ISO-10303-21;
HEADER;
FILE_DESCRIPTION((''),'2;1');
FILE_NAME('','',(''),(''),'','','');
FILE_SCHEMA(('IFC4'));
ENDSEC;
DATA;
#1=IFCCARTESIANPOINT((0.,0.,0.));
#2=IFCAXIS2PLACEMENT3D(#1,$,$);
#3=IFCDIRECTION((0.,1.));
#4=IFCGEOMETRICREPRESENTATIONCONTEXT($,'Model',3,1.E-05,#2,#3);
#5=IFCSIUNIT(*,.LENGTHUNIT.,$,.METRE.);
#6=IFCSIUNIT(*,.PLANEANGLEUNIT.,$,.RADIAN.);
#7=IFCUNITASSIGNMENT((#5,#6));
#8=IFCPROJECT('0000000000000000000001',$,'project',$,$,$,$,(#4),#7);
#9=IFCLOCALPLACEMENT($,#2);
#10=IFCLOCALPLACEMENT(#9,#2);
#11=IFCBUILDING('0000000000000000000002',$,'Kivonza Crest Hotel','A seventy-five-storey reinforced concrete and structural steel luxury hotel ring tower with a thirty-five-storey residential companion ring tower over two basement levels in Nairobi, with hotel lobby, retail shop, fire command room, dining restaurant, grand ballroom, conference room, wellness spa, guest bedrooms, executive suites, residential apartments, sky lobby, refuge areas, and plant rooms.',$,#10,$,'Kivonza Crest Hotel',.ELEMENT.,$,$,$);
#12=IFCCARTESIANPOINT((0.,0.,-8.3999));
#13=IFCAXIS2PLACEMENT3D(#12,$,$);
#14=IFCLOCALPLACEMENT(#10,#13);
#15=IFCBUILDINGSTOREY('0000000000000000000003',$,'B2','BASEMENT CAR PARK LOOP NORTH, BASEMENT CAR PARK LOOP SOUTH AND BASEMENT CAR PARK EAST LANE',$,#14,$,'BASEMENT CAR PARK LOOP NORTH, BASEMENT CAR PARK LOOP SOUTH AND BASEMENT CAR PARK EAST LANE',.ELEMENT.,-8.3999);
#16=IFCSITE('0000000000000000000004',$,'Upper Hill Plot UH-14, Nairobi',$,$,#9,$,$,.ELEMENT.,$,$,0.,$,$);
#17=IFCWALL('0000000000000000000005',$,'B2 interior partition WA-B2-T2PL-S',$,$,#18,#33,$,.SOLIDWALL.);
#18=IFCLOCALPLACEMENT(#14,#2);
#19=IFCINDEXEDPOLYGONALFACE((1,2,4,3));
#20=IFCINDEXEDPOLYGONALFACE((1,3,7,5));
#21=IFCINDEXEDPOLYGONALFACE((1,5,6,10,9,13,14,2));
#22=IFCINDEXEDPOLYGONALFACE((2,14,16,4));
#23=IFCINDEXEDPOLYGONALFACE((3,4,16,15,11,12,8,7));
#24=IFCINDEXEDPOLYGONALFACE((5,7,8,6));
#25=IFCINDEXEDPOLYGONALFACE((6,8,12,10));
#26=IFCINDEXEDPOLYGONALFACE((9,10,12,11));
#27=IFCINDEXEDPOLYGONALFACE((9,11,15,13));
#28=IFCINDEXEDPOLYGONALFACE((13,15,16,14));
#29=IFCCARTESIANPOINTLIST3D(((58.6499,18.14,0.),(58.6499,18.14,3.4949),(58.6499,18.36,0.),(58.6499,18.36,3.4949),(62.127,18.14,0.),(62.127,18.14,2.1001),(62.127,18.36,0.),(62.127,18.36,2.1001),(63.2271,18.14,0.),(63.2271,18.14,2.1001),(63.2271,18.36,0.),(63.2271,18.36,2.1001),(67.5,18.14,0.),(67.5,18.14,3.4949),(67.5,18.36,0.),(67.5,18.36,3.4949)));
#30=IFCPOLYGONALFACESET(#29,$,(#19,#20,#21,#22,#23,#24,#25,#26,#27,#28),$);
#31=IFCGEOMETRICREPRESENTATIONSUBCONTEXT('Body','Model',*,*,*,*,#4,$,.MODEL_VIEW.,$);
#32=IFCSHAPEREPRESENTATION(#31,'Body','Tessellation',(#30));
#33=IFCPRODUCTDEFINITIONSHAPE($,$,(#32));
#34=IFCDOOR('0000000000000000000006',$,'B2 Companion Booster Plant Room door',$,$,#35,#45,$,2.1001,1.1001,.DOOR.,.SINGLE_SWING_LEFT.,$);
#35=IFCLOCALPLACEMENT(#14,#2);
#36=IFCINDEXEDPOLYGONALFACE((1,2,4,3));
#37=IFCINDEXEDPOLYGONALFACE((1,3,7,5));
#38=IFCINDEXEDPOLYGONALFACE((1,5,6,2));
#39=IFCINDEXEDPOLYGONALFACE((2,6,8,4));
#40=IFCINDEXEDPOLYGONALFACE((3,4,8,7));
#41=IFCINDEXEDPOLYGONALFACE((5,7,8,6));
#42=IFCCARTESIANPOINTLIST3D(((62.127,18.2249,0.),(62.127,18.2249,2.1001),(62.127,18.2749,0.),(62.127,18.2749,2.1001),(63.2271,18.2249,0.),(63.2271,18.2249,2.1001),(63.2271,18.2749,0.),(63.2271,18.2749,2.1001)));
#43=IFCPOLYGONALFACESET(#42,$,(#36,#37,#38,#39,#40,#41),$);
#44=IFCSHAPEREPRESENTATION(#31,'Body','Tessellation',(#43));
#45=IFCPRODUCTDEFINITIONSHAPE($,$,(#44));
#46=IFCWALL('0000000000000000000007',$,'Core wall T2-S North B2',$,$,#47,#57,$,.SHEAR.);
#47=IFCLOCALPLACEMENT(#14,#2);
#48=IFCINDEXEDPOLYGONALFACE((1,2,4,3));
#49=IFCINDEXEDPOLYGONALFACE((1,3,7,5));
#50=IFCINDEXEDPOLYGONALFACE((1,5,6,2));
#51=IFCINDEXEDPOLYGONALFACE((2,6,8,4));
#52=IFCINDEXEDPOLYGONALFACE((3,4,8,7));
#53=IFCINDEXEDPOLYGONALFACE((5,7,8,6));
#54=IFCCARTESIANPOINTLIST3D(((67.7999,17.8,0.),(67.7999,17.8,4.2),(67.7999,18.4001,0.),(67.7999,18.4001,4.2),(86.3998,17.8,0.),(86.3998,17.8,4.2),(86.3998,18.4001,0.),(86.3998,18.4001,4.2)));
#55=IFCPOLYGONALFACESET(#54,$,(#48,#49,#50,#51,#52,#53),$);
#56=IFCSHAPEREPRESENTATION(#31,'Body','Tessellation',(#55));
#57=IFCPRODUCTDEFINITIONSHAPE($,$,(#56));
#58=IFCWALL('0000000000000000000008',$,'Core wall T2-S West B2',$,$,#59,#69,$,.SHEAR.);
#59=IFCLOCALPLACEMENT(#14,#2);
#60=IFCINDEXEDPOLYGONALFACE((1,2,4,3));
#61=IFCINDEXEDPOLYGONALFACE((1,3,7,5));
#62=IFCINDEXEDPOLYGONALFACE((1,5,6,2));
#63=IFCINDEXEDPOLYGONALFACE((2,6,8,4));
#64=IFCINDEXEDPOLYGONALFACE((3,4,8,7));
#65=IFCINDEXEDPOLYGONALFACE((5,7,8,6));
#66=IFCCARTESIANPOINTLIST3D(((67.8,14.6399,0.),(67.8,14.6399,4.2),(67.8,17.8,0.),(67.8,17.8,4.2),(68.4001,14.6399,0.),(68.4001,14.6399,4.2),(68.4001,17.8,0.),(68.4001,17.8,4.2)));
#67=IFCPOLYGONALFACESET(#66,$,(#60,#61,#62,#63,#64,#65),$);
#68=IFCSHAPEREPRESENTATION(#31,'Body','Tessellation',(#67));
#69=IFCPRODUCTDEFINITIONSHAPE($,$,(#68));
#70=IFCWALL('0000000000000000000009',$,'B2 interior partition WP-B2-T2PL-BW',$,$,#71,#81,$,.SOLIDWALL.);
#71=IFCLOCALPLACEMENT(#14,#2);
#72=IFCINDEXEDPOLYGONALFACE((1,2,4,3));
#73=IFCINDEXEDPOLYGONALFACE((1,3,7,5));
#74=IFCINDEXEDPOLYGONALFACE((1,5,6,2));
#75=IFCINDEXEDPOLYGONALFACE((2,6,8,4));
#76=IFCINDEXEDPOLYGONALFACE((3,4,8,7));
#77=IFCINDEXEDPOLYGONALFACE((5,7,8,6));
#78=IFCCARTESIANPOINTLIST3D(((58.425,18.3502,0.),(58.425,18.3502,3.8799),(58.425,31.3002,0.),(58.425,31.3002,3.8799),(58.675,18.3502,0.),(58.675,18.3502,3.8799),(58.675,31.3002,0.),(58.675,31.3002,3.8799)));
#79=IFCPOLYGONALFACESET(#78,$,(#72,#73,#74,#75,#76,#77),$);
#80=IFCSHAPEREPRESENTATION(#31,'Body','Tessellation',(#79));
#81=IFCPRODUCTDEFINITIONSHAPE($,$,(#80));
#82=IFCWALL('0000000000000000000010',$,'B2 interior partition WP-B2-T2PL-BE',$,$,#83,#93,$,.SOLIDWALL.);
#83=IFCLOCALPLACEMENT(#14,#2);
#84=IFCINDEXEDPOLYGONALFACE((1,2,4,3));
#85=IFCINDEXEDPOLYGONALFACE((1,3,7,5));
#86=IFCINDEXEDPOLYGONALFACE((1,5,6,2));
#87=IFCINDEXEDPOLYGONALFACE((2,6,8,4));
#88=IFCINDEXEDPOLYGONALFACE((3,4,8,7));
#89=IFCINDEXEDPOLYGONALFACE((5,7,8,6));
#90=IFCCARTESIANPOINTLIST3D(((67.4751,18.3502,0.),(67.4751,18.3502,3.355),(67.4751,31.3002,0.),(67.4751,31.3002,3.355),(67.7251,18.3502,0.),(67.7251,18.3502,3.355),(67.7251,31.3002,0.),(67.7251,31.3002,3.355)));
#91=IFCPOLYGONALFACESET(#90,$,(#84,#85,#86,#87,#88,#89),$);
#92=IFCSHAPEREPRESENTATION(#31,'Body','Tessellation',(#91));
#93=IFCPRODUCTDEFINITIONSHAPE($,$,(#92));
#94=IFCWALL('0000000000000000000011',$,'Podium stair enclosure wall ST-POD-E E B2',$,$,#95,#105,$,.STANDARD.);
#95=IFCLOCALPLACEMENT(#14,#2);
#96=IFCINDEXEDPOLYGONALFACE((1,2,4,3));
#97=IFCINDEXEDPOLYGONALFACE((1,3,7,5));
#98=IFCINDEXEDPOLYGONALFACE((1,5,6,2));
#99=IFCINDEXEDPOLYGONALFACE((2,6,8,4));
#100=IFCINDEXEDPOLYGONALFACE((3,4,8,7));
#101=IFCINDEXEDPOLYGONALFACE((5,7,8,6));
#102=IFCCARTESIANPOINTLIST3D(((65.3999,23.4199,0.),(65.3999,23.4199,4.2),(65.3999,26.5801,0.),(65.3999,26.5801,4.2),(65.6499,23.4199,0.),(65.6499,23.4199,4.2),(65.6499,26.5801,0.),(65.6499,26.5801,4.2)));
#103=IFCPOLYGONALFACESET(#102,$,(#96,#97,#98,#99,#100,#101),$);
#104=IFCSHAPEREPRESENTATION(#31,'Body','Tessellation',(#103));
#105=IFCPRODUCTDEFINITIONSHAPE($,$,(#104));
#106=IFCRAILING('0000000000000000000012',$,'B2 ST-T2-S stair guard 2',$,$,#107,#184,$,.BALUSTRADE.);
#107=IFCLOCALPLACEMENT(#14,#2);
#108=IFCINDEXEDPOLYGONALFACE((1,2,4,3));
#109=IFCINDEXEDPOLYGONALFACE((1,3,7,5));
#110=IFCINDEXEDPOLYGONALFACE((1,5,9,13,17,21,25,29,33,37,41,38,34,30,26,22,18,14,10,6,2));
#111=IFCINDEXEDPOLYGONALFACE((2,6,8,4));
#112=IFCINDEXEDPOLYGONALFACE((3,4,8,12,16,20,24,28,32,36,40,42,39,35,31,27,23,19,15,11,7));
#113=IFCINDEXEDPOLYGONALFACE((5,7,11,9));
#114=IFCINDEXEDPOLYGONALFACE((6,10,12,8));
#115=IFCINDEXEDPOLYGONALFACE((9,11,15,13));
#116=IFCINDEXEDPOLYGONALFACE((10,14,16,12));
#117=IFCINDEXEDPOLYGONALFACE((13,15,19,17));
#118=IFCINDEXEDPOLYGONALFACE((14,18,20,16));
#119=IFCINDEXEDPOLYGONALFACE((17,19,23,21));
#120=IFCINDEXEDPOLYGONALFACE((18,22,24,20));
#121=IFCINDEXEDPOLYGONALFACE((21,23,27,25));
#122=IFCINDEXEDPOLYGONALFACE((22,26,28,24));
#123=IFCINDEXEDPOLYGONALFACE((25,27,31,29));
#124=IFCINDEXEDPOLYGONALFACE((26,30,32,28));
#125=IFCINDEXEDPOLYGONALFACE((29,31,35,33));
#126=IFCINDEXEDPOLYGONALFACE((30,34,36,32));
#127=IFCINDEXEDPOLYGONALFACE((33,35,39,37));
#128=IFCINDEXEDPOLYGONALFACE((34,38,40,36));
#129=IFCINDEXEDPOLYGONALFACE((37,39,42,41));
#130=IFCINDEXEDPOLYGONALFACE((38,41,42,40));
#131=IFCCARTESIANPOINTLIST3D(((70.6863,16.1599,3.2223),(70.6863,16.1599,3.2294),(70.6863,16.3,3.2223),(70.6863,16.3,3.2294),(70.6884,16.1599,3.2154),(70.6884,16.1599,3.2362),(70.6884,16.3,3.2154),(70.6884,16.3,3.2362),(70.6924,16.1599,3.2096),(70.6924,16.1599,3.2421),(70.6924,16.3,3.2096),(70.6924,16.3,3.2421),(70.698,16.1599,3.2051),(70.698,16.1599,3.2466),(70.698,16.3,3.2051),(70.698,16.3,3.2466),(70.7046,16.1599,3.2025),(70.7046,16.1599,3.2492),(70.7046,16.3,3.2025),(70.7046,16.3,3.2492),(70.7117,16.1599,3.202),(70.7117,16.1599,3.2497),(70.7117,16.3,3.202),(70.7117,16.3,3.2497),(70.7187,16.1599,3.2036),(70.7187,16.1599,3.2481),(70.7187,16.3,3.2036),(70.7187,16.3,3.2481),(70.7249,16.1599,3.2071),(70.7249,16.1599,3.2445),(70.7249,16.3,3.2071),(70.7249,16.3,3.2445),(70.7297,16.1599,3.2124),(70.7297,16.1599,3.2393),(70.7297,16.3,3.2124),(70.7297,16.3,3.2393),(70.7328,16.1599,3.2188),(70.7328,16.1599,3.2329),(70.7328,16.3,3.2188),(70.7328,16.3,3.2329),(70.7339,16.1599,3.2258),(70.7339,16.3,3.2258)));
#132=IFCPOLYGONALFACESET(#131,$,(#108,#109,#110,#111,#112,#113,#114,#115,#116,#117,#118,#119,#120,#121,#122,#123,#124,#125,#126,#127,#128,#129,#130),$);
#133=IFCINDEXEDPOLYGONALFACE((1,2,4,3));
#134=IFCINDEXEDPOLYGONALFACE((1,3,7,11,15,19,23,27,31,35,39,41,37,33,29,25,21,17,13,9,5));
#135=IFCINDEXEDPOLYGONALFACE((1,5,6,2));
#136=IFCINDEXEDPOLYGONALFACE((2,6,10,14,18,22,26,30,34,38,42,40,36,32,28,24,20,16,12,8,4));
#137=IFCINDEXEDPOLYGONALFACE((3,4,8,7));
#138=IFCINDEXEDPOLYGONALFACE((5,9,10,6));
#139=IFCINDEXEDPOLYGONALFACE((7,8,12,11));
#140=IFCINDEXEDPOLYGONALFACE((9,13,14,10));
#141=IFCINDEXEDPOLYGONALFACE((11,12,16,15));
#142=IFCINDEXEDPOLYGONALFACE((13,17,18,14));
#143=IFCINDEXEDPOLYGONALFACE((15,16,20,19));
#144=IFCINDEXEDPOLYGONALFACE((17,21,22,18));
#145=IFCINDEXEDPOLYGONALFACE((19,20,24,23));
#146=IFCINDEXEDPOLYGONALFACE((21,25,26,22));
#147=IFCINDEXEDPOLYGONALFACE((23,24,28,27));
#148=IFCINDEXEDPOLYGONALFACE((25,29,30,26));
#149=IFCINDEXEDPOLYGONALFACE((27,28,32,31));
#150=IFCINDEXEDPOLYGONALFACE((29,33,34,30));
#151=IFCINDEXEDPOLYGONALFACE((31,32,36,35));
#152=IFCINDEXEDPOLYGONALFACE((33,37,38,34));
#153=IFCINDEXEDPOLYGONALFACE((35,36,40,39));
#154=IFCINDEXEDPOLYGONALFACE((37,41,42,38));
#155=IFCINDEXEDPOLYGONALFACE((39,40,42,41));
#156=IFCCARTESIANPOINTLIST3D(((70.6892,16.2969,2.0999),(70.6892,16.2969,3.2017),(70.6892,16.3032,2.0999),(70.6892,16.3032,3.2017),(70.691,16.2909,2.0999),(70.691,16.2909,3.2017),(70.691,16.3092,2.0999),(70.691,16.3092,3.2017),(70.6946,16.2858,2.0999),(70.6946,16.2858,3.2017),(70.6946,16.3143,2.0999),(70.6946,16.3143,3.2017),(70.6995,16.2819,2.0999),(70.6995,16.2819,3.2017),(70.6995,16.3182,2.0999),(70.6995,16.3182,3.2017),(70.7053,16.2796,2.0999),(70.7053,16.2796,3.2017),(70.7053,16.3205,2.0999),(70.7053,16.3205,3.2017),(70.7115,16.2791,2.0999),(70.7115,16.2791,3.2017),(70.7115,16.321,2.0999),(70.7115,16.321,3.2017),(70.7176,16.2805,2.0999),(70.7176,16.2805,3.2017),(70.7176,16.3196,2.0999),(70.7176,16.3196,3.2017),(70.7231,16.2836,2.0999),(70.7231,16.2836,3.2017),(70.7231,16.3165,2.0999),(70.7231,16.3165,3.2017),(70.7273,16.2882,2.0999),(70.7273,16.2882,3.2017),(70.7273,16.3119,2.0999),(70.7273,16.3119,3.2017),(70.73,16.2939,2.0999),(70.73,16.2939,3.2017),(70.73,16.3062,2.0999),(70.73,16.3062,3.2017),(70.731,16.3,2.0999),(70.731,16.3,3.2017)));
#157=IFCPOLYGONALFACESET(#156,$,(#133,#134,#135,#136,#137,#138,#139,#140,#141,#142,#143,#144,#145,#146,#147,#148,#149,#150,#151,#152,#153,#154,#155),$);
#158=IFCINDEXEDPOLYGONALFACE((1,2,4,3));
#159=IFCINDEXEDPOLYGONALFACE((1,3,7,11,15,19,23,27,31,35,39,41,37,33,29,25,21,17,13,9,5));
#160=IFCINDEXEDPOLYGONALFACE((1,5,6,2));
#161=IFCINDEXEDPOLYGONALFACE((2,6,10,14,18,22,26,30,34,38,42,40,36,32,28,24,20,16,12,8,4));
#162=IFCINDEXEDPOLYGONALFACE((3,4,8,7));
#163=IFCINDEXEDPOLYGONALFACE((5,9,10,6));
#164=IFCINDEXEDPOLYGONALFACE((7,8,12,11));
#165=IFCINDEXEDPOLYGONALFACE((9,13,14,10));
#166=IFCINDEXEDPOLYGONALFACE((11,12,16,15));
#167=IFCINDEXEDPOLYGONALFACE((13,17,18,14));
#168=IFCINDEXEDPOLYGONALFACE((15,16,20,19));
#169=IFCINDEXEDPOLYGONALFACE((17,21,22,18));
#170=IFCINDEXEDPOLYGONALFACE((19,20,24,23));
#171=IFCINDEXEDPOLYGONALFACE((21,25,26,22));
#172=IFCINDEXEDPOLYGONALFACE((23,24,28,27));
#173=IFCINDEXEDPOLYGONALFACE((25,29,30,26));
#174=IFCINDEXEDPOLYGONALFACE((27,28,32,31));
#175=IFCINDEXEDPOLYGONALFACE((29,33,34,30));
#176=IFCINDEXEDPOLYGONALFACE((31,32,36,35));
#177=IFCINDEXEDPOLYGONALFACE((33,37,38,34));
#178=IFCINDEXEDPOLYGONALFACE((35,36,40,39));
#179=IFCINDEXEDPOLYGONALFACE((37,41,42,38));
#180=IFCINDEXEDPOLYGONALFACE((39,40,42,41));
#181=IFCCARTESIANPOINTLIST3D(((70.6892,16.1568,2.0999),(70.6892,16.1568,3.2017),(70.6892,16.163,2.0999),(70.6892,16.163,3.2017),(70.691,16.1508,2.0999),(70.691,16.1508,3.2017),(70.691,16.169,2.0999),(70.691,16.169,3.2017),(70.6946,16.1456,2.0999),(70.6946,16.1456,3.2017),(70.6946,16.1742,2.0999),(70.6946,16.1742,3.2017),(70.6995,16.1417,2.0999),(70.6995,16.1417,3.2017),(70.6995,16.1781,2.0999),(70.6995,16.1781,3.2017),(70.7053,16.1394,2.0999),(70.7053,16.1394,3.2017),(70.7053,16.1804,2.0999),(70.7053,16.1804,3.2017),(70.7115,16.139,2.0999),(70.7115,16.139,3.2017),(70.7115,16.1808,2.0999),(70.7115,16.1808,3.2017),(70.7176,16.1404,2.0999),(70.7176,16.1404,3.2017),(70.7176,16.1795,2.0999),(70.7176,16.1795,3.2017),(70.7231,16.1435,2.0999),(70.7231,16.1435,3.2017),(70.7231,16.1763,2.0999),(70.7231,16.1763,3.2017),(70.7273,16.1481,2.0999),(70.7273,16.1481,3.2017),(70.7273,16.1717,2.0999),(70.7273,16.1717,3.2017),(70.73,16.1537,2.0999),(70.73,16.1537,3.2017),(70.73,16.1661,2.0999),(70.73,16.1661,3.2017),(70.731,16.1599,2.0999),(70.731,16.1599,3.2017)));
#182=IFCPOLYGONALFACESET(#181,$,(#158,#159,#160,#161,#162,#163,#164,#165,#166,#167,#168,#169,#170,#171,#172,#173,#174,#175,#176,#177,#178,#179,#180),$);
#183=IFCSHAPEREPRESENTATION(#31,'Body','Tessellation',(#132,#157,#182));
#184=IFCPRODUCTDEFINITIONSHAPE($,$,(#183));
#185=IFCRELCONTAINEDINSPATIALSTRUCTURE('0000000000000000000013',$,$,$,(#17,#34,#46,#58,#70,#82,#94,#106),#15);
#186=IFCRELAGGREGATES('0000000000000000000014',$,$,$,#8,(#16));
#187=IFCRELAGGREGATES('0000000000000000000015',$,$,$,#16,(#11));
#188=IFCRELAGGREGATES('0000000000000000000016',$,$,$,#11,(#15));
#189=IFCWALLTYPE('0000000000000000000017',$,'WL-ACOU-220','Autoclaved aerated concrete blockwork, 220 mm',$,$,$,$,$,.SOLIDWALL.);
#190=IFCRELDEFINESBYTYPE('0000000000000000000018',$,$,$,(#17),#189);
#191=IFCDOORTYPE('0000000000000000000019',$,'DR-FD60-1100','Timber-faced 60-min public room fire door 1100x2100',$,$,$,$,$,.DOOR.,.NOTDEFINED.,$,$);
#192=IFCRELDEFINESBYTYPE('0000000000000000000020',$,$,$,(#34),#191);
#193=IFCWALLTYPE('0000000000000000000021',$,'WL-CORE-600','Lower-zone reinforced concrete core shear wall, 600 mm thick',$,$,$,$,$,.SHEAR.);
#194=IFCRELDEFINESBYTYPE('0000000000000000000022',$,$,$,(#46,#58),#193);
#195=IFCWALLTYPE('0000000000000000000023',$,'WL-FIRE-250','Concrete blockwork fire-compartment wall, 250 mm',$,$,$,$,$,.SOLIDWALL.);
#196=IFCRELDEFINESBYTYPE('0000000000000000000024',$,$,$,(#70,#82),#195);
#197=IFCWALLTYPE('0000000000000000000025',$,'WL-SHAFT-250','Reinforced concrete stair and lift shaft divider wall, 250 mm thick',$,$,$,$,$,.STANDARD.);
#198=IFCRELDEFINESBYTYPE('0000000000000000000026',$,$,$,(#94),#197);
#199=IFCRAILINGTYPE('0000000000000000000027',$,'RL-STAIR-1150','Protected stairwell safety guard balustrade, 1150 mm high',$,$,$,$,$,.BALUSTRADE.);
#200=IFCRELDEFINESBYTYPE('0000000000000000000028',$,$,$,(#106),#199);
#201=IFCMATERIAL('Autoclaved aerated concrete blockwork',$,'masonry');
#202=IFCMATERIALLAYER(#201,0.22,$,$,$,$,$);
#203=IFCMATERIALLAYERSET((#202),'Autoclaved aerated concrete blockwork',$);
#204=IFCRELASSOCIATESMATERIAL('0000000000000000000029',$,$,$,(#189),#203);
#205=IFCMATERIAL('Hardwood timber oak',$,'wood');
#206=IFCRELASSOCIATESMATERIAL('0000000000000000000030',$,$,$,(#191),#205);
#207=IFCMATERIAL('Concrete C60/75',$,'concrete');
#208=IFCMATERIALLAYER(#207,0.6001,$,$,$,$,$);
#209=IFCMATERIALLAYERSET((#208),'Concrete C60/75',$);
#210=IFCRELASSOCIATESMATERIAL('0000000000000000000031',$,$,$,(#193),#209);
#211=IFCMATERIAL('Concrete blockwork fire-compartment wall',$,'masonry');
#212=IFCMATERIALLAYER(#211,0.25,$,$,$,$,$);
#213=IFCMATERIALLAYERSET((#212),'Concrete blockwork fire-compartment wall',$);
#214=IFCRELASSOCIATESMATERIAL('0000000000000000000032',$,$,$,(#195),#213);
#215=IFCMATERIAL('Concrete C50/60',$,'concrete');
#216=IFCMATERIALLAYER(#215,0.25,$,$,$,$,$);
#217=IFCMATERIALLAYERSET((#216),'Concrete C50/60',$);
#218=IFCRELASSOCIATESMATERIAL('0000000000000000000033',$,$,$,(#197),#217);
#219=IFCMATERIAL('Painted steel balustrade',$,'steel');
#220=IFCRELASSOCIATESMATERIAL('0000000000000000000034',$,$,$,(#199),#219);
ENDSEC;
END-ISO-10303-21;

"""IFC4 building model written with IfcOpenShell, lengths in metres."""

from ifc_helpers import new_model, si_unit, direction, frame, frame_2d, origin, origin_2d, place, context, subcontext, project, spatial, rectangle, circle, extrude, material, layer, layer_set, type_object, element, fill, save


model = new_model("IFC4")

# Units and contexts
model_context = context("Model", 3, precision=1e-05, world=origin(), true_north=direction((0.0, 1.0)))
body_context = subcontext(model_context, "Body", "Model", "MODEL_VIEW")
ifc_project = project(units=[si_unit("LENGTHUNIT", "METRE"), si_unit("PLANEANGLEUNIT", "RADIAN")], contexts=[model_context])

# Site, building, storey
site_placement = place(None, origin())
site = spatial("IfcSite", under=ifc_project, at=site_placement, Name="Upper Hill Plot UH-14, Nairobi", CompositionType="ELEMENT", RefElevation=0.0)
building_placement = place(site_placement, origin())
building = spatial("IfcBuilding", under=site, at=building_placement, Name="Kivonza Crest Hotel", Description="A seventy-five-storey reinforced concrete and structural steel luxury hotel ring tower with a thirty-five-storey residential companion ring tower over two basement levels in Nairobi, with hotel lobby, retail shop, fire command room, dining restaurant, grand ballroom, conference room, wellness spa, guest bedrooms, executive suites, residential apartments, sky lobby, refuge areas, and plant rooms.", LongName="Kivonza Crest Hotel", CompositionType="ELEMENT")
storey_placement = place(building_placement, frame((0.0, 0.0, -8.3999)))
storey = spatial("IfcBuildingStorey", under=building, at=storey_placement, Name="B2", Description="BASEMENT CAR PARK LOOP NORTH, BASEMENT CAR PARK LOOP SOUTH AND BASEMENT CAR PARK EAST LANE", LongName="BASEMENT CAR PARK LOOP NORTH, BASEMENT CAR PARK LOOP SOUTH AND BASEMENT CAR PARK EAST LANE", CompositionType="ELEMENT", Elevation=-8.3999)

# Shared definitions
ifc_material_1 = material(Name="Concrete C60/75", Category="concrete")

# Wall, opening, door
ifc_material_2 = material(Name="Autoclaved aerated concrete blockwork", Category="masonry")
ifc_layer_1 = layer(ifc_material_2, 0.22)
ifc_layer_set_1 = layer_set([ifc_layer_1], Name="Autoclaved aerated concrete blockwork")
wall_type_1 = type_object("IfcWallType", Name="WL-ACOU-220", Description="Autoclaved aerated concrete blockwork, 220 mm", PredefinedType="SOLIDWALL", material=ifc_layer_set_1)
wall_1_placement = place(storey_placement, frame((58.6499, 18.25, 0.0), z_axis=(0.0, 0.0, 1.0), x_axis=(1.0, 0.0, 0.0)))
wall_1 = element("IfcWall", 1, at=wall_1_placement, inside=storey, type_object=wall_type_1, Name="B2 interior partition WA-B2-T2PL-S", PredefinedType="SOLIDWALL", context=body_context, shape_type="SweptSolid", body=[
    extrude(rectangle(XDim=8.8501, YDim=0.22, at=frame_2d((4.425, 0.0))), origin(), (0.0, 0.0, 1.0), 3.4949),
])
opening_1_placement = place(wall_1_placement, frame((3.4771, 0.0, 0.0)))
opening_1 = element("IfcOpeningElement", 2, at=opening_1_placement, cuts=wall_1, PredefinedType="OPENING", context=body_context, shape_type="SweptSolid", body=[
    extrude(rectangle(XDim=1.1001, YDim=2.1001, at=frame_2d((0.55, 1.05))), frame((0.0, 0.1201, 0.0), z_axis=(0.0, -1.0, 0.0), x_axis=(1.0, 0.0, 0.0)), (0.0, 0.0, 1.0), 0.24),
])
ifc_material_3 = material(Name="Hardwood timber oak", Category="wood")
door_type_1 = type_object("IfcDoorType", Name="DR-FD60-1100", Description="Timber-faced 60-min public room fire door 1100x2100", OperationType="NOTDEFINED", PredefinedType="DOOR", material=ifc_material_3)
door_1_placement = place(opening_1_placement, origin())
door_1 = element("IfcDoor", 3, at=door_1_placement, inside=storey, type_object=door_type_1, Name="B2 Companion Booster Plant Room door", OperationType="SINGLE_SWING_LEFT", OverallHeight=2.1001, OverallWidth=1.1001, PredefinedType="DOOR", context=body_context, shape_type="SweptSolid", body=[
    extrude(rectangle(XDim=1.1001, YDim=2.1001, at=frame_2d((0.55, 1.05))), frame((0.0, 0.0249, 0.0), z_axis=(0.0, -1.0, 0.0), x_axis=(1.0, 0.0, 0.0)), (0.0, 0.0, 1.0), 0.05),
])
fill(opening_1, door_1)

# Shared definitions
ifc_layer_2 = layer(ifc_material_1, 0.6001)
ifc_layer_set_2 = layer_set([ifc_layer_2], Name="Concrete C60/75")
wall_type_2 = type_object("IfcWallType", Name="WL-CORE-600", Description="Lower-zone reinforced concrete core shear wall, 600 mm thick", PredefinedType="SHEAR", material=ifc_layer_set_2)

# Walls
wall_2_placement = place(storey_placement, frame((67.8, 18.1001, 0.0), z_axis=(0.0, 0.0, 1.0), x_axis=(1.0, 0.0, 0.0)))
element("IfcWall", 4, at=wall_2_placement, inside=storey, type_object=wall_type_2, Name="Core wall T2-S North B2", PredefinedType="SHEAR", context=body_context, shape_type="SweptSolid", body=[
    extrude(rectangle(XDim=18.5999, YDim=0.6001, at=frame_2d((9.2998, 0.0))), origin(), (0.0, 0.0, 1.0), 4.2),
])
wall_3_placement = place(storey_placement, frame((68.1001, 14.6399, 0.0), z_axis=(0.0, 0.0, 1.0), x_axis=(0.0, 1.0, 0.0)))
element("IfcWall", 5, at=wall_3_placement, inside=storey, type_object=wall_type_2, Name="Core wall T2-S West B2", PredefinedType="SHEAR", context=body_context, shape_type="SweptSolid", body=[
    extrude(rectangle(XDim=3.1602, YDim=0.6001, at=frame_2d((1.5801, 0.0))), origin(), (0.0, 0.0, 1.0), 4.2),
])
ifc_material_4 = material(Name="Concrete blockwork fire-compartment wall", Category="masonry")
ifc_layer_3 = layer(ifc_material_4, 0.25)
ifc_layer_set_3 = layer_set([ifc_layer_3], Name="Concrete blockwork fire-compartment wall")
wall_type_3 = type_object("IfcWallType", Name="WL-FIRE-250", Description="Concrete blockwork fire-compartment wall, 250 mm", PredefinedType="SOLIDWALL", material=ifc_layer_set_3)
wall_4_placement = place(storey_placement, frame((58.55, 18.3501, 0.0), z_axis=(0.0, 0.0, 1.0), x_axis=(0.0, 1.0, 0.0)))
element("IfcWall", 6, at=wall_4_placement, inside=storey, type_object=wall_type_3, Name="B2 interior partition WP-B2-T2PL-BW", PredefinedType="SOLIDWALL", context=body_context, shape_type="SweptSolid", body=[
    extrude(rectangle(XDim=12.95, YDim=0.25, at=frame_2d((6.4751, 0.0))), origin(), (0.0, 0.0, 1.0), 3.8799),
])
wall_5_placement = place(storey_placement, frame((67.6001, 18.3501, 0.0), z_axis=(0.0, 0.0, 1.0), x_axis=(0.0, 1.0, 0.0)))
element("IfcWall", 7, at=wall_5_placement, inside=storey, type_object=wall_type_3, Name="B2 interior partition WP-B2-T2PL-BE", PredefinedType="SOLIDWALL", context=body_context, shape_type="SweptSolid", body=[
    extrude(rectangle(XDim=12.95, YDim=0.25, at=frame_2d((6.4751, 0.0))), origin(), (0.0, 0.0, 1.0), 3.355),
])
ifc_material_5 = material(Name="Concrete C50/60", Category="concrete")
ifc_layer_4 = layer(ifc_material_5, 0.25)
ifc_layer_set_4 = layer_set([ifc_layer_4], Name="Concrete C50/60")
wall_type_4 = type_object("IfcWallType", Name="WL-SHAFT-250", Description="Reinforced concrete stair and lift shaft divider wall, 250 mm thick", PredefinedType="STANDARD", material=ifc_layer_set_4)
wall_6_placement = place(storey_placement, frame((65.5249, 23.4199, 0.0), z_axis=(0.0, 0.0, 1.0), x_axis=(0.0, 1.0, 0.0)))
element("IfcWall", 8, at=wall_6_placement, inside=storey, type_object=wall_type_4, Name="Podium stair enclosure wall ST-POD-E E B2", PredefinedType="STANDARD", context=body_context, shape_type="SweptSolid", body=[
    extrude(rectangle(XDim=3.1602, YDim=0.25, at=frame_2d((1.5801, 0.0))), origin(), (0.0, 0.0, 1.0), 4.2),
])

# Railing
ifc_material_6 = material(Name="Painted steel balustrade", Category="steel")
railing_type = type_object("IfcRailingType", Name="RL-STAIR-1150", Description="Protected stairwell safety guard balustrade, 1150 mm high", PredefinedType="BALUSTRADE", material=ifc_material_6)
railing_placement = place(storey_placement, frame((70.71, 16.3, 2.0999)))
element("IfcRailing", 9, at=railing_placement, inside=storey, type_object=railing_type, Name="B2 ST-T2-S stair guard 2", PredefinedType="BALUSTRADE", context=body_context, shape_type="SweptSolid", body=[
    extrude(circle(Radius=0.0239, at=origin_2d()), frame((0.0, 0.0, 1.126), z_axis=(0.0, -1.0, 0.0), x_axis=(1.0, 0.0, 0.0)), (0.0, 0.0, 1.0), 0.1401),
    extrude(circle(Radius=0.021, at=origin_2d()), origin(), (0.0, 0.0, 1.0), 1.1018),
    extrude(circle(Radius=0.021, at=origin_2d()), frame((0.0, -0.1401, 0.0)), (0.0, 0.0, 1.0), 1.1018),
])

save(model, "model.ifc")
